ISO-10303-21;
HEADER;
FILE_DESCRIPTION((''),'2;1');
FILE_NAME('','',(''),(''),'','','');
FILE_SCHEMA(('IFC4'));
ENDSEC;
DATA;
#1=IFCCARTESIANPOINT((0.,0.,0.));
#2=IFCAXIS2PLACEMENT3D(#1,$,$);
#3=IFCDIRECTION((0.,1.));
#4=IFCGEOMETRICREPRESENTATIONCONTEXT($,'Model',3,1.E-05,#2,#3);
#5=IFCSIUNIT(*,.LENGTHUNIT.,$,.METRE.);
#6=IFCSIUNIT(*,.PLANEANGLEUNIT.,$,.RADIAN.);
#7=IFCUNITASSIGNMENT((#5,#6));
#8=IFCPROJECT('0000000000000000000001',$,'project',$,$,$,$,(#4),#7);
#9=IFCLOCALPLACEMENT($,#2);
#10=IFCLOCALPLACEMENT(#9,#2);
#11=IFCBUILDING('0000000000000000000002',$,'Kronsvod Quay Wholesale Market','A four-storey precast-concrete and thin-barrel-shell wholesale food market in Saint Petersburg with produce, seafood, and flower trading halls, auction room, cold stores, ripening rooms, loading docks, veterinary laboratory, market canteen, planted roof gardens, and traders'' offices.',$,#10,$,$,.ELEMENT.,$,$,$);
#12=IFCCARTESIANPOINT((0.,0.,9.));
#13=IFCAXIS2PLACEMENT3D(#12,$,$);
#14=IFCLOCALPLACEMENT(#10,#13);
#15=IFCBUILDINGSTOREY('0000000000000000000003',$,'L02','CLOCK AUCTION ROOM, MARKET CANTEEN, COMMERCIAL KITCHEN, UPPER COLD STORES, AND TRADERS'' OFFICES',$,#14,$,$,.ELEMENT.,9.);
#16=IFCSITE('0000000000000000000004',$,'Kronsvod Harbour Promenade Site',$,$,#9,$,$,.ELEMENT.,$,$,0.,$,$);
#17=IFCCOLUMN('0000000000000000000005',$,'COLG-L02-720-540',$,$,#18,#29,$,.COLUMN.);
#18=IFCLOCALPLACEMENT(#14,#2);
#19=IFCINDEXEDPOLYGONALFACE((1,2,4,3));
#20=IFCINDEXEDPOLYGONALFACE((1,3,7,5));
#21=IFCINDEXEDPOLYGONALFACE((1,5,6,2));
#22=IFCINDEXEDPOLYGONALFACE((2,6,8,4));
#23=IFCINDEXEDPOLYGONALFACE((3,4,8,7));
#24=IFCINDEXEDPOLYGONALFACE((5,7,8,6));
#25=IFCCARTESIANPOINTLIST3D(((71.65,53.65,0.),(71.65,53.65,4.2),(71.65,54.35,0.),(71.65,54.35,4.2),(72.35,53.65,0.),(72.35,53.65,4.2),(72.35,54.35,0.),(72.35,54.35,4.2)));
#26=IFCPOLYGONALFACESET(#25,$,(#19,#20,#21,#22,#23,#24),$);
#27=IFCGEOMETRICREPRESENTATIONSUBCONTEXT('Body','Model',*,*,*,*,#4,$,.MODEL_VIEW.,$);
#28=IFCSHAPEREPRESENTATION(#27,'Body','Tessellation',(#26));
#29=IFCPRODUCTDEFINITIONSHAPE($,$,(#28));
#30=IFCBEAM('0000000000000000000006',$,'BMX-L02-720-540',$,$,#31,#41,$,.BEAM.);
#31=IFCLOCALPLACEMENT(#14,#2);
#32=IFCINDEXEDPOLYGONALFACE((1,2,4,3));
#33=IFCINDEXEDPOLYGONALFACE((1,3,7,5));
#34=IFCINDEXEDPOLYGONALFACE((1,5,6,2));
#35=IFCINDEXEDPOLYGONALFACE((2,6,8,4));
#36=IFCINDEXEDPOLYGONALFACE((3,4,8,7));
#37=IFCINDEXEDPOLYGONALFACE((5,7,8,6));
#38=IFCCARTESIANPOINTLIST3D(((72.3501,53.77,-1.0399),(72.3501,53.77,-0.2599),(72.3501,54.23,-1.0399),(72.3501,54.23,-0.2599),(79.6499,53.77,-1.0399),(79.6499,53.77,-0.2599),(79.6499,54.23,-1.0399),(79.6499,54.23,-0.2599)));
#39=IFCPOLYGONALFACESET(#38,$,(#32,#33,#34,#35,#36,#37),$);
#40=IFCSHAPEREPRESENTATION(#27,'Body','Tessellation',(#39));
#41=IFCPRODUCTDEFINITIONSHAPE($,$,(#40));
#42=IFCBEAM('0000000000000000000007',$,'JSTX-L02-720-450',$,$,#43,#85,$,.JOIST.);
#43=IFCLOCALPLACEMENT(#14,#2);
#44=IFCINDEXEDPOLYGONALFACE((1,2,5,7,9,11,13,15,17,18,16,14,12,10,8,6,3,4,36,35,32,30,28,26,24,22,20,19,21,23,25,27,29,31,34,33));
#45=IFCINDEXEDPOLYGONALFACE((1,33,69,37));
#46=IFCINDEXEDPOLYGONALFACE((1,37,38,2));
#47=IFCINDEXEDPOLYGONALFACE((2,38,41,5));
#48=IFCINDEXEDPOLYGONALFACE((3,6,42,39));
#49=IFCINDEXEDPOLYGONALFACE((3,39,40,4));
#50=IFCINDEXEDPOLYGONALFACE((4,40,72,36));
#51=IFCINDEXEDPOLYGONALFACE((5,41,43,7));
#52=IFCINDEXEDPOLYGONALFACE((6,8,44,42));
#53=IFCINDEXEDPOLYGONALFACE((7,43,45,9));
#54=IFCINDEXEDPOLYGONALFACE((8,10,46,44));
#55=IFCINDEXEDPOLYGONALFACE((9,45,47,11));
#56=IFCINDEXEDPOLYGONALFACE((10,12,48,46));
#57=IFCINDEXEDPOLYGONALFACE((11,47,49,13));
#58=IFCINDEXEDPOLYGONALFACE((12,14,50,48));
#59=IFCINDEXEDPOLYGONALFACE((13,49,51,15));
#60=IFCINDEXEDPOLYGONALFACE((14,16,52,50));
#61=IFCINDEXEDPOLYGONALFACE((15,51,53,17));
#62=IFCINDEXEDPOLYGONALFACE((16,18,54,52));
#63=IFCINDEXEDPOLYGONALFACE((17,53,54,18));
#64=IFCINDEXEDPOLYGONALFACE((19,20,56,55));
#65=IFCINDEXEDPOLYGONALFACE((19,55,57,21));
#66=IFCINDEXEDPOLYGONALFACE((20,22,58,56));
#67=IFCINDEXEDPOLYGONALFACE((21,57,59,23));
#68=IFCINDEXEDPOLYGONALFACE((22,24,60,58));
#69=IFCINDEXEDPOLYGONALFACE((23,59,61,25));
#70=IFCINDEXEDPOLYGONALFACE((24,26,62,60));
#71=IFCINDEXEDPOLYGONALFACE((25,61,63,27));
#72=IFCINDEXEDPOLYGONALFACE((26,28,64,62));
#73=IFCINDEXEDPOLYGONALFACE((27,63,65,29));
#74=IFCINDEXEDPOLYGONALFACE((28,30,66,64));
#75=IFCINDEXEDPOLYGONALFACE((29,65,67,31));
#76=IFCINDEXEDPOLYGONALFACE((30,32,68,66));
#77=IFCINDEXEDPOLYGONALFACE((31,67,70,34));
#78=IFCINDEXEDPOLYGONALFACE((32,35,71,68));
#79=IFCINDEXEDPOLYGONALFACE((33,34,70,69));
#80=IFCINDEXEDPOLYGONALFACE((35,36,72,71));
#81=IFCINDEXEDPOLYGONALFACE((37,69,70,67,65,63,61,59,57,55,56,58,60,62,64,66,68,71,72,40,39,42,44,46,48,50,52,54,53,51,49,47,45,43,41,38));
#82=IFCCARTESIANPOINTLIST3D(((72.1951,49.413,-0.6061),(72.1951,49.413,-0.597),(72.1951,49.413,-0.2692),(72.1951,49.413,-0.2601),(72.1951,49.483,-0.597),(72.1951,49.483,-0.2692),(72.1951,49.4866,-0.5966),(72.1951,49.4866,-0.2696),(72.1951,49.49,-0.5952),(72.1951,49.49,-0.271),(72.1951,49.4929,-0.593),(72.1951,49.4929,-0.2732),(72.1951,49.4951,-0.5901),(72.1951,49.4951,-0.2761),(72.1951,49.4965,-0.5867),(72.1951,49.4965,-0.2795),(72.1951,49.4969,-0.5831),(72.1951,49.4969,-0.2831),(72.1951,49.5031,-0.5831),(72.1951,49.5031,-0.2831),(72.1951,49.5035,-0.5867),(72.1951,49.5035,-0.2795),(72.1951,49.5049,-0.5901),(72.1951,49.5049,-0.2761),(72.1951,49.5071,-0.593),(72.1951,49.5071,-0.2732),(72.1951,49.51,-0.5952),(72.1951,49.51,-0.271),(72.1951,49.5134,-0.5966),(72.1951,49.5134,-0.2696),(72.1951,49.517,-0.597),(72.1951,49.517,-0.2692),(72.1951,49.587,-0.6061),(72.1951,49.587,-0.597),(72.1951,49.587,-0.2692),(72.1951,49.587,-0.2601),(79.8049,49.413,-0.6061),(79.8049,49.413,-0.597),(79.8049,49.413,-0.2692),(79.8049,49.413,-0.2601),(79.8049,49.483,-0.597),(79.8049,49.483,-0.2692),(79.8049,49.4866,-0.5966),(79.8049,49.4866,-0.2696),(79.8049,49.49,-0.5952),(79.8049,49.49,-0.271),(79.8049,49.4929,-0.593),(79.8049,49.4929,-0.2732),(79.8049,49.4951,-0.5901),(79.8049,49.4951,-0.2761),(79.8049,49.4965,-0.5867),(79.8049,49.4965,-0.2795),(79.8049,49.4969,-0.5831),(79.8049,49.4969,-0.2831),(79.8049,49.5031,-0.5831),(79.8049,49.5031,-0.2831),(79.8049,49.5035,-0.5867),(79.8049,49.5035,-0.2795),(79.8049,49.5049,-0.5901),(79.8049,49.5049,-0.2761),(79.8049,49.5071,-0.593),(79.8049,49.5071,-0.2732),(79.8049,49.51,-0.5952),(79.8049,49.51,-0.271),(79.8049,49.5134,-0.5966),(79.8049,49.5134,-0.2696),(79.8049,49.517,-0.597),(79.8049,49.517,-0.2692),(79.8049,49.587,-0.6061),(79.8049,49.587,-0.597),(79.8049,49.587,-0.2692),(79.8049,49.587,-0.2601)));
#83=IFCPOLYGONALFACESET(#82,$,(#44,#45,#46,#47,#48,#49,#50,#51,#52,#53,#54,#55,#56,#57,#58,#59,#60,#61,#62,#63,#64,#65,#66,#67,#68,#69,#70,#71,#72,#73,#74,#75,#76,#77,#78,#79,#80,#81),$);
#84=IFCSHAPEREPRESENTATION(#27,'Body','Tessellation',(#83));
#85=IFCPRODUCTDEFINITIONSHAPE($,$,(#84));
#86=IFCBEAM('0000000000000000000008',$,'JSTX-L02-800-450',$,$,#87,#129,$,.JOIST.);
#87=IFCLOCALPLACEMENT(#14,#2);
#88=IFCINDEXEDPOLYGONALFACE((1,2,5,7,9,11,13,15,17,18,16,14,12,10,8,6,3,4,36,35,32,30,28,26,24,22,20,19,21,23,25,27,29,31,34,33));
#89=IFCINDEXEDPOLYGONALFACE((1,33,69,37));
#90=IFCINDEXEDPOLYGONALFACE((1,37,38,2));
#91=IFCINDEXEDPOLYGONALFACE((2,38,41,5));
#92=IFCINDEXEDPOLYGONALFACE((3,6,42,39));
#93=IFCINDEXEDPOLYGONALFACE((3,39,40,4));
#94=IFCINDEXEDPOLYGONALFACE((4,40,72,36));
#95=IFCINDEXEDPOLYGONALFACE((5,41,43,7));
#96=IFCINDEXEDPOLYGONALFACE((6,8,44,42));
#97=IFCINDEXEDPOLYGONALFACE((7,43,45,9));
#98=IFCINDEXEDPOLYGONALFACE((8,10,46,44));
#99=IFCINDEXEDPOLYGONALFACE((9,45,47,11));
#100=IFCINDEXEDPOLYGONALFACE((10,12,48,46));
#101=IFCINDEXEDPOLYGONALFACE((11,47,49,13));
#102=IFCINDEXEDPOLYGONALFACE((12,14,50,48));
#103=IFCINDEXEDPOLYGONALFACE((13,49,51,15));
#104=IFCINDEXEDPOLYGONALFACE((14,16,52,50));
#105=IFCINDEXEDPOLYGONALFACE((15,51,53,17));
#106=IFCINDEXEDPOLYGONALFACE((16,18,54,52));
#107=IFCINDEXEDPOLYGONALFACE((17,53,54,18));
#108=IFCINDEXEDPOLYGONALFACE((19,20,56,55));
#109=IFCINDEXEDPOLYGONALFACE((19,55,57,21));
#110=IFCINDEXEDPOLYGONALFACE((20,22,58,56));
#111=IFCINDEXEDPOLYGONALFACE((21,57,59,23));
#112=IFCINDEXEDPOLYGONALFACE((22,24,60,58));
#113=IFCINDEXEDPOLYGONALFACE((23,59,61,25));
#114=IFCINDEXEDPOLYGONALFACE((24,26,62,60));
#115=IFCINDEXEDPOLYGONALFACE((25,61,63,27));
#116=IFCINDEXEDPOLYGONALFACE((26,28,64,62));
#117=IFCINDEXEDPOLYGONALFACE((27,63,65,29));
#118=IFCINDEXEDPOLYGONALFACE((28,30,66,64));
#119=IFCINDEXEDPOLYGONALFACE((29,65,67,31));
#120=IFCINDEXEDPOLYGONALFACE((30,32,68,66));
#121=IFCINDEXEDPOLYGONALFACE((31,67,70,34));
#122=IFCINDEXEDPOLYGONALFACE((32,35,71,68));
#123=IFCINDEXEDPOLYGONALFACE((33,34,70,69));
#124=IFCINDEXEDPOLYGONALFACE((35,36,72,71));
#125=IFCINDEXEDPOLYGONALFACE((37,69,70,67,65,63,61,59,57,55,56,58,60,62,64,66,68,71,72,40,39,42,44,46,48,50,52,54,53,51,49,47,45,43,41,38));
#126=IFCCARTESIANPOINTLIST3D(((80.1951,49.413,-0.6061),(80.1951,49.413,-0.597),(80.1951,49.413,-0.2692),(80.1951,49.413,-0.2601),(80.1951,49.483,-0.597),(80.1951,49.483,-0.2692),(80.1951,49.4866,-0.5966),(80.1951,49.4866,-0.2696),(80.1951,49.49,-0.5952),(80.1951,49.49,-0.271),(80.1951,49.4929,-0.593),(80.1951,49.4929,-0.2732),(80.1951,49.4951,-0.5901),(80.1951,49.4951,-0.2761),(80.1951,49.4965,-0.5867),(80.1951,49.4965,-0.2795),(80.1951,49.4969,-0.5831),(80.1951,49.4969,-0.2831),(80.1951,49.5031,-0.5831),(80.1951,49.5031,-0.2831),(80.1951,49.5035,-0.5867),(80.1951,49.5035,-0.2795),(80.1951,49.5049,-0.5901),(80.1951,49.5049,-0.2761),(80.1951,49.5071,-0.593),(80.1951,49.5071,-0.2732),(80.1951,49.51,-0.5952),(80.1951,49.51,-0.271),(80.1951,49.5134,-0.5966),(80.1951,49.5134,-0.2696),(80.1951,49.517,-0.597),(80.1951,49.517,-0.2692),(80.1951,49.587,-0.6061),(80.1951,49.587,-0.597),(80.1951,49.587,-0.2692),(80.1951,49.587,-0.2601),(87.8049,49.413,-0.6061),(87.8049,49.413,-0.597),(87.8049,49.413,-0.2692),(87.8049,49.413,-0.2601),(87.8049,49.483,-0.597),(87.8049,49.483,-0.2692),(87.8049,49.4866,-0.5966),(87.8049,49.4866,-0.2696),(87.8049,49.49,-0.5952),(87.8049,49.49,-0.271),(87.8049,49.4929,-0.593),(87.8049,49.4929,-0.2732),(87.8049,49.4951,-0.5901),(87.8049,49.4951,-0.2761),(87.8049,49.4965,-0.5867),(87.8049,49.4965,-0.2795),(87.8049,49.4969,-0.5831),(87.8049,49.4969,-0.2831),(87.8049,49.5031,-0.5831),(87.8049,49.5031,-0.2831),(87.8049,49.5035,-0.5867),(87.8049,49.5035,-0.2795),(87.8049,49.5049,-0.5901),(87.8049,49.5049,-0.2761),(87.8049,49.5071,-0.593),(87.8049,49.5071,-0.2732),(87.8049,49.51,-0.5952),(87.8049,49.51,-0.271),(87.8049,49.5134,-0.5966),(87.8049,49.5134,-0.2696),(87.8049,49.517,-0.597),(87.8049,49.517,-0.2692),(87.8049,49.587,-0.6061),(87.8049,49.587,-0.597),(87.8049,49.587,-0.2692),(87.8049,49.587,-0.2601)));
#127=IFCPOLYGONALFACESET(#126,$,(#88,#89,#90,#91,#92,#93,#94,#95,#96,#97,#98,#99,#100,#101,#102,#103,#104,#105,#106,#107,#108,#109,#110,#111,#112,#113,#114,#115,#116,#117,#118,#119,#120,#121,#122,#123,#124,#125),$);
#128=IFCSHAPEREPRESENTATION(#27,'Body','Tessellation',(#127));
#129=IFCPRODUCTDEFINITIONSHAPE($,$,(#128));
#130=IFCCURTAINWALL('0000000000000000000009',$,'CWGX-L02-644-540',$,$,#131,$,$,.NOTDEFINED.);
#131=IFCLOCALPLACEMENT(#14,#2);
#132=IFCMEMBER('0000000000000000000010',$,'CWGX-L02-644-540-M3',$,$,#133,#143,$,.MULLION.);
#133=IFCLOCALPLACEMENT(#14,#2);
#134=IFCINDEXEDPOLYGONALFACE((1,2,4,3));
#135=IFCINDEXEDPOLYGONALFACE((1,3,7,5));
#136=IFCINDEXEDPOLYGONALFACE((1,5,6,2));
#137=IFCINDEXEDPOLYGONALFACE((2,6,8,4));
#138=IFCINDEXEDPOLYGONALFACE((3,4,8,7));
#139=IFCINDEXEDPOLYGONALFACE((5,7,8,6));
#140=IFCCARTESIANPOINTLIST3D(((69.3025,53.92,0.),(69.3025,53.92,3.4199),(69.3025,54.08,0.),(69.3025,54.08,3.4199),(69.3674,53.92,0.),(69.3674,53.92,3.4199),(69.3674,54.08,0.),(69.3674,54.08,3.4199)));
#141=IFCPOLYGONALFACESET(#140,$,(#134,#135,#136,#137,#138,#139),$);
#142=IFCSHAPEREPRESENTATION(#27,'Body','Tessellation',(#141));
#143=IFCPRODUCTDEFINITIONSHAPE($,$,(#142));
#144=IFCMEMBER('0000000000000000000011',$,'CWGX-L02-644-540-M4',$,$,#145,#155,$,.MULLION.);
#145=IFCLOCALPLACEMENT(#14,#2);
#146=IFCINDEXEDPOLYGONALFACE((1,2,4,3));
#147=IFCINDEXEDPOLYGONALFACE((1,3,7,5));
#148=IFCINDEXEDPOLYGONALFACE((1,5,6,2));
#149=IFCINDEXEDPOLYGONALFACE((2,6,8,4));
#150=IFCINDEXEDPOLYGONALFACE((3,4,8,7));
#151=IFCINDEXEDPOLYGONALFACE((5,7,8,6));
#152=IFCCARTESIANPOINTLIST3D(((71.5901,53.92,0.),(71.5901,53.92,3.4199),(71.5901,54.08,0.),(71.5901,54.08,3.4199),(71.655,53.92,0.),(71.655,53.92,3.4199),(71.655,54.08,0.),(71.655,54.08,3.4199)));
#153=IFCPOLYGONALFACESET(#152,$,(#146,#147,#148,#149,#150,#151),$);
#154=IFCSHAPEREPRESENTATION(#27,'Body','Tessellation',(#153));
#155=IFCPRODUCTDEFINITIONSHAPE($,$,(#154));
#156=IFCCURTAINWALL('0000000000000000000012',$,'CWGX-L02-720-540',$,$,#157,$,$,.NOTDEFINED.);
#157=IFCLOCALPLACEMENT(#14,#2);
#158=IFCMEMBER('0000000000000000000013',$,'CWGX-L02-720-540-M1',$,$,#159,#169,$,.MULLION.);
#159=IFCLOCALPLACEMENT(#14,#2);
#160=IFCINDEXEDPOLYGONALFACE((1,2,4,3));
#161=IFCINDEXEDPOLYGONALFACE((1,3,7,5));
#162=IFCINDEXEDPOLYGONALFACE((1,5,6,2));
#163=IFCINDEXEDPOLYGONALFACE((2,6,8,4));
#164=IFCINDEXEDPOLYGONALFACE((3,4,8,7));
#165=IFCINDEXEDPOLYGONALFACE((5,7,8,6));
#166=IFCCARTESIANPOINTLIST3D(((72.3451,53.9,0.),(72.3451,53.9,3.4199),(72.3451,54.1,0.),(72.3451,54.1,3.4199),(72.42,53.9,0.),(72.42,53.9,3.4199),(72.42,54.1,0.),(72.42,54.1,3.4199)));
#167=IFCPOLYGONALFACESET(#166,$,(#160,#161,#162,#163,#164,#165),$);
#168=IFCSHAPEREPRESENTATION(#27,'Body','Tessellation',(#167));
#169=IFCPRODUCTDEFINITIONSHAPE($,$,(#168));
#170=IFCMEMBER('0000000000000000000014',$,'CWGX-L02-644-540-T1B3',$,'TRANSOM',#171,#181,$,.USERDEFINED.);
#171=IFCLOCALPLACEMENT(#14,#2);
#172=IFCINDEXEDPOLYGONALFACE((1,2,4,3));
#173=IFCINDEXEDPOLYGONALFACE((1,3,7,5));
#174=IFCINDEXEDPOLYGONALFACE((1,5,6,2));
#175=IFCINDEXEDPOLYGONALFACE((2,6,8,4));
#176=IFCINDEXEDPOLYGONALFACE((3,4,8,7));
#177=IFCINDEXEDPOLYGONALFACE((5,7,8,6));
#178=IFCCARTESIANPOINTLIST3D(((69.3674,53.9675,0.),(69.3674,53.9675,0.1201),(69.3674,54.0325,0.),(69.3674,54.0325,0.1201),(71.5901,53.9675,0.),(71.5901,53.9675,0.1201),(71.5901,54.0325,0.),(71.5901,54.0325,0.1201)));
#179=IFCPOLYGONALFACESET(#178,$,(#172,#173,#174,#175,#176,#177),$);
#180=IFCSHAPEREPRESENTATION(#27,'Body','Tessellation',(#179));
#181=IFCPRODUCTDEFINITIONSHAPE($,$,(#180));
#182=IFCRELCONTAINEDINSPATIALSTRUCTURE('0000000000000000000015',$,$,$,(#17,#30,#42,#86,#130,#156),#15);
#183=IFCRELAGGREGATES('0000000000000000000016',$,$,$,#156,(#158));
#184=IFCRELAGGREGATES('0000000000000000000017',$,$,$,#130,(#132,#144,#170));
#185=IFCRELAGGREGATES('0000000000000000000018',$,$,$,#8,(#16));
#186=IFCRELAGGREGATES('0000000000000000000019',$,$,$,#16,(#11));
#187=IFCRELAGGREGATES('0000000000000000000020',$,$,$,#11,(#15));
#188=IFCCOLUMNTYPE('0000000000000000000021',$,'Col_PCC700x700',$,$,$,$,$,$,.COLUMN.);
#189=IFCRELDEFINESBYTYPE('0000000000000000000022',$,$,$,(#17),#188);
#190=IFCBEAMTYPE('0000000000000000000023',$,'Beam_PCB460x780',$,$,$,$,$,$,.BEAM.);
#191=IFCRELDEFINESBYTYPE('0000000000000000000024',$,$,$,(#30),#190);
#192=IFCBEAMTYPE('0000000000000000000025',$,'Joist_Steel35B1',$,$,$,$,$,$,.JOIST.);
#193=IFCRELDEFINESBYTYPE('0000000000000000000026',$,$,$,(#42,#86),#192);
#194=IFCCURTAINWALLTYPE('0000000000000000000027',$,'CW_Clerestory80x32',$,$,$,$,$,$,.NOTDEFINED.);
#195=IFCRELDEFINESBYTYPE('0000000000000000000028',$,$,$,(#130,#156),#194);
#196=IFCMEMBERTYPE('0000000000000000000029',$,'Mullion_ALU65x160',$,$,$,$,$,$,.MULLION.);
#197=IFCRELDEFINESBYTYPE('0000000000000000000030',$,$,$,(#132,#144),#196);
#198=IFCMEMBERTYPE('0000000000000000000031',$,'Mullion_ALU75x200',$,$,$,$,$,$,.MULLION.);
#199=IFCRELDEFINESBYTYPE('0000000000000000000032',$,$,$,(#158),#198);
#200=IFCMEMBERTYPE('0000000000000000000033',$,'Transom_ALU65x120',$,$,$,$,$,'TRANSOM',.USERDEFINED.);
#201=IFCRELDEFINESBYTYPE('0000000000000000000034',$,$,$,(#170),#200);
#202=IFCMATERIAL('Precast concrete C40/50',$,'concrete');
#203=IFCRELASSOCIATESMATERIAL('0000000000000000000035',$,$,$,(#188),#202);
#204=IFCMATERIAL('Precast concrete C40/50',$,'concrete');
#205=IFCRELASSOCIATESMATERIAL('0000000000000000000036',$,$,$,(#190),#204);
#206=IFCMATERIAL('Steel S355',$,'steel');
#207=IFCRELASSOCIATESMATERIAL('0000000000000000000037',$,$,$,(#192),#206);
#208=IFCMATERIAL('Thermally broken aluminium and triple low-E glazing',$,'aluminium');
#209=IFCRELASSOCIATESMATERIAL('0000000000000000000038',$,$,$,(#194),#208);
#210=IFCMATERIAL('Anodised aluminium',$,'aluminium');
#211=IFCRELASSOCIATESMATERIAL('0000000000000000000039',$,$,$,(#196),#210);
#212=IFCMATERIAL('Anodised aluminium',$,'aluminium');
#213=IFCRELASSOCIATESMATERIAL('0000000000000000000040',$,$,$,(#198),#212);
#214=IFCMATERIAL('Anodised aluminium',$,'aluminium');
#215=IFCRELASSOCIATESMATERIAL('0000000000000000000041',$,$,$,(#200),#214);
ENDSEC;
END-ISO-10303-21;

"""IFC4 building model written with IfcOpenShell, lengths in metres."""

from ifc_helpers import new_model, si_unit, direction, frame, origin, origin_2d, place, context, subcontext, project, spatial, rectangle, i_section, extrude, material, material_profile, profile_set, type_object, element, aggregate, save


model = new_model("IFC4")

# Units and contexts
model_context = context("Model", 3, precision=1e-05, world=origin(), true_north=direction((0.0, 1.0)))
body_context = subcontext(model_context, "Body", "Model", "MODEL_VIEW")
ifc_project = project(units=[si_unit("LENGTHUNIT", "METRE"), si_unit("PLANEANGLEUNIT", "RADIAN")], contexts=[model_context])

# Site, building, storey
site_placement = place(None, origin())
site = spatial("IfcSite", under=ifc_project, at=site_placement, Name="Kronsvod Harbour Promenade Site", CompositionType="ELEMENT", RefElevation=0.0)
building_placement = place(site_placement, origin())
building = spatial("IfcBuilding", under=site, at=building_placement, Name="Kronsvod Quay Wholesale Market", Description="A four-storey precast-concrete and thin-barrel-shell wholesale food market in Saint Petersburg with produce, seafood, and flower trading halls, auction room, cold stores, ripening rooms, loading docks, veterinary laboratory, market canteen, planted roof gardens, and traders' offices.", CompositionType="ELEMENT")
storey_placement = place(building_placement, frame((0.0, 0.0, 9.0)))
storey = spatial("IfcBuildingStorey", under=building, at=storey_placement, Name="L02", Description="CLOCK AUCTION ROOM, MARKET CANTEEN, COMMERCIAL KITCHEN, UPPER COLD STORES, AND TRADERS' OFFICES", CompositionType="ELEMENT", Elevation=9.0)

# Column
ifc_material_1 = material(Name="Precast concrete C40/50", Category="concrete")
ifc_material_profile_1 = material_profile(ifc_material_1, rectangle(XDim=0.7, YDim=0.7, at=origin_2d()), Name="PCC700x700")
ifc_profile_set_1 = profile_set([ifc_material_profile_1], Name="Precast concrete C40/50")
column_type = type_object("IfcColumnType", Name="Col_PCC700x700", PredefinedType="COLUMN", material=ifc_profile_set_1)
column_placement = place(storey_placement, frame((72.0, 54.0, 0.0), z_axis=(0.0, 0.0, 1.0), x_axis=(1.0, 0.0, 0.0)))
element("IfcColumn", 1, at=column_placement, inside=storey, type_object=column_type, Name="COLG-L02-720-540", PredefinedType="COLUMN", context=body_context, shape_type="SweptSolid", body=[
    extrude(rectangle(XDim=0.7, YDim=0.7, at=origin_2d()), origin(), (0.0, 0.0, 1.0), 4.2),
])

# Beams
ifc_material_2 = material(Name="Precast concrete C40/50", Category="concrete")
ifc_material_profile_2 = material_profile(ifc_material_2, rectangle(XDim=0.46, YDim=0.78, at=origin_2d()), Name="PB-03")
ifc_profile_set_2 = profile_set([ifc_material_profile_2], Name="Precast concrete C40/50")
beam_type_1 = type_object("IfcBeamType", Name="Beam_PCB460x780", PredefinedType="BEAM", material=ifc_profile_set_2)
beam_placement = place(storey_placement, frame((72.3501, 54.0, -0.6499), z_axis=(1.0, 0.0, 0.0), x_axis=(0.0, 1.0, 0.0)))
element("IfcBeam", 2, at=beam_placement, inside=storey, type_object=beam_type_1, Name="BMX-L02-720-540", PredefinedType="BEAM", context=body_context, shape_type="SweptSolid", body=[
    extrude(rectangle(XDim=0.46, YDim=0.78, at=origin_2d()), origin(), (0.0, 0.0, 1.0), 7.2998),
])
ifc_material_3 = material(Name="Steel S355", Category="steel")
ifc_material_profile_3 = material_profile(ifc_material_3, i_section(OverallWidth=0.1741, OverallDepth=0.3459, WebThickness=0.0061, FlangeThickness=0.009, FilletRadius=0.0139, at=origin_2d()), Name="35B1")
ifc_profile_set_3 = profile_set([ifc_material_profile_3], Name="Steel S355")
beam_type_2 = type_object("IfcBeamType", Name="Joist_Steel35B1", PredefinedType="JOIST", material=ifc_profile_set_3)
for number, where, z_axis, x_axis, name in (
    (3, (72.1951, 49.5, -0.4331), (1.0, 0.0, 0.0), (0.0, 1.0, 0.0), "JSTX-L02-720-450"),
    (4, (80.1951, 49.5, -0.4331), (1.0, 0.0, 0.0), (0.0, 1.0, 0.0), "JSTX-L02-800-450"),
):
    element("IfcBeam", number, at=place(storey_placement, frame(where, z_axis=z_axis, x_axis=x_axis)), inside=storey, type_object=beam_type_2, Name=name, PredefinedType="JOIST", context=body_context, shape_type="SweptSolid", body=[
        extrude(i_section(OverallWidth=0.1741, OverallDepth=0.3459, WebThickness=0.0061, FlangeThickness=0.009, FilletRadius=0.0139, at=origin_2d()), origin(), (0.0, 0.0, 1.0), 7.6099),
    ])

# Curtain wall, members
ifc_material_4 = material(Name="Thermally broken aluminium and triple low-E glazing", Category="aluminium")
curtain_wall_type = type_object("IfcCurtainWallType", Name="CW_Clerestory80x32", PredefinedType="NOTDEFINED", material=ifc_material_4)
curtain_wall_1_placement = place(storey_placement, origin())
curtain_wall_1 = element("IfcCurtainWall", 5, at=curtain_wall_1_placement, inside=storey, type_object=curtain_wall_type, Name="CWGX-L02-644-540", PredefinedType="NOTDEFINED")
ifc_material_5 = material(Name="Anodised aluminium", Category="aluminium")
ifc_material_profile_4 = material_profile(ifc_material_5, rectangle(XDim=0.0649, YDim=0.1599, at=origin_2d()), Name="ALUM65x160")
ifc_profile_set_4 = profile_set([ifc_material_profile_4], Name="Anodised aluminium")
member_type_1 = type_object("IfcMemberType", Name="Mullion_ALU65x160", PredefinedType="MULLION", material=ifc_profile_set_4)
member_1_placement = place(storey_placement, frame((69.335, 54.0, 0.0), z_axis=(0.0, 0.0, 1.0), x_axis=(1.0, 0.0, 0.0)))
member_1 = element("IfcMember", 6, at=member_1_placement, type_object=member_type_1, Name="CWGX-L02-644-540-M3", PredefinedType="MULLION", context=body_context, shape_type="SweptSolid", body=[
    extrude(rectangle(XDim=0.0649, YDim=0.1599, at=origin_2d()), origin(), (0.0, 0.0, 1.0), 3.4199),
])
member_2_placement = place(storey_placement, frame((71.6226, 54.0, 0.0), z_axis=(0.0, 0.0, 1.0), x_axis=(1.0, 0.0, 0.0)))
member_2 = element("IfcMember", 7, at=member_2_placement, type_object=member_type_1, Name="CWGX-L02-644-540-M4", PredefinedType="MULLION", context=body_context, shape_type="SweptSolid", body=[
    extrude(rectangle(XDim=0.0649, YDim=0.1599, at=origin_2d()), origin(), (0.0, 0.0, 1.0), 3.4199),
])

# Curtain wall, member
curtain_wall_2_placement = place(storey_placement, origin())
curtain_wall_2 = element("IfcCurtainWall", 8, at=curtain_wall_2_placement, inside=storey, type_object=curtain_wall_type, Name="CWGX-L02-720-540", PredefinedType="NOTDEFINED")
ifc_material_6 = material(Name="Anodised aluminium", Category="aluminium")
ifc_material_profile_5 = material_profile(ifc_material_6, rectangle(XDim=0.075, YDim=0.2, at=origin_2d()), Name="ALUM75x200")
ifc_profile_set_5 = profile_set([ifc_material_profile_5], Name="Anodised aluminium")
member_type_2 = type_object("IfcMemberType", Name="Mullion_ALU75x200", PredefinedType="MULLION", material=ifc_profile_set_5)
member_3_placement = place(storey_placement, frame((72.3826, 54.0, 0.0), z_axis=(0.0, 0.0, 1.0), x_axis=(1.0, 0.0, 0.0)))
member_3 = element("IfcMember", 9, at=member_3_placement, type_object=member_type_2, Name="CWGX-L02-720-540-M1", PredefinedType="MULLION", context=body_context, shape_type="SweptSolid", body=[
    extrude(rectangle(XDim=0.075, YDim=0.2, at=origin_2d()), origin(), (0.0, 0.0, 1.0), 3.4199),
])
aggregate(curtain_wall_2, [member_3])

# Member
ifc_material_7 = material(Name="Anodised aluminium", Category="aluminium")
ifc_material_profile_6 = material_profile(ifc_material_7, rectangle(XDim=0.0649, YDim=0.1201, at=origin_2d()), Name="ALUT65x120")
ifc_profile_set_6 = profile_set([ifc_material_profile_6], Name="Anodised aluminium")
member_type_3 = type_object("IfcMemberType", Name="Transom_ALU65x120", ElementType="TRANSOM", PredefinedType="USERDEFINED", material=ifc_profile_set_6)
member_4_placement = place(storey_placement, frame((69.3674, 54.0, 0.0601), z_axis=(1.0, 0.0, 0.0), x_axis=(0.0, 1.0, 0.0)))
member_4 = element("IfcMember", 10, at=member_4_placement, type_object=member_type_3, Name="CWGX-L02-644-540-T1B3", ObjectType="TRANSOM", PredefinedType="USERDEFINED", context=body_context, shape_type="SweptSolid", body=[
    extrude(rectangle(XDim=0.0649, YDim=0.1201, at=origin_2d()), origin(), (0.0, 0.0, 1.0), 2.2227),
])

aggregate(curtain_wall_1, [member_1, member_2, member_4])

save(model, "model.ifc")
